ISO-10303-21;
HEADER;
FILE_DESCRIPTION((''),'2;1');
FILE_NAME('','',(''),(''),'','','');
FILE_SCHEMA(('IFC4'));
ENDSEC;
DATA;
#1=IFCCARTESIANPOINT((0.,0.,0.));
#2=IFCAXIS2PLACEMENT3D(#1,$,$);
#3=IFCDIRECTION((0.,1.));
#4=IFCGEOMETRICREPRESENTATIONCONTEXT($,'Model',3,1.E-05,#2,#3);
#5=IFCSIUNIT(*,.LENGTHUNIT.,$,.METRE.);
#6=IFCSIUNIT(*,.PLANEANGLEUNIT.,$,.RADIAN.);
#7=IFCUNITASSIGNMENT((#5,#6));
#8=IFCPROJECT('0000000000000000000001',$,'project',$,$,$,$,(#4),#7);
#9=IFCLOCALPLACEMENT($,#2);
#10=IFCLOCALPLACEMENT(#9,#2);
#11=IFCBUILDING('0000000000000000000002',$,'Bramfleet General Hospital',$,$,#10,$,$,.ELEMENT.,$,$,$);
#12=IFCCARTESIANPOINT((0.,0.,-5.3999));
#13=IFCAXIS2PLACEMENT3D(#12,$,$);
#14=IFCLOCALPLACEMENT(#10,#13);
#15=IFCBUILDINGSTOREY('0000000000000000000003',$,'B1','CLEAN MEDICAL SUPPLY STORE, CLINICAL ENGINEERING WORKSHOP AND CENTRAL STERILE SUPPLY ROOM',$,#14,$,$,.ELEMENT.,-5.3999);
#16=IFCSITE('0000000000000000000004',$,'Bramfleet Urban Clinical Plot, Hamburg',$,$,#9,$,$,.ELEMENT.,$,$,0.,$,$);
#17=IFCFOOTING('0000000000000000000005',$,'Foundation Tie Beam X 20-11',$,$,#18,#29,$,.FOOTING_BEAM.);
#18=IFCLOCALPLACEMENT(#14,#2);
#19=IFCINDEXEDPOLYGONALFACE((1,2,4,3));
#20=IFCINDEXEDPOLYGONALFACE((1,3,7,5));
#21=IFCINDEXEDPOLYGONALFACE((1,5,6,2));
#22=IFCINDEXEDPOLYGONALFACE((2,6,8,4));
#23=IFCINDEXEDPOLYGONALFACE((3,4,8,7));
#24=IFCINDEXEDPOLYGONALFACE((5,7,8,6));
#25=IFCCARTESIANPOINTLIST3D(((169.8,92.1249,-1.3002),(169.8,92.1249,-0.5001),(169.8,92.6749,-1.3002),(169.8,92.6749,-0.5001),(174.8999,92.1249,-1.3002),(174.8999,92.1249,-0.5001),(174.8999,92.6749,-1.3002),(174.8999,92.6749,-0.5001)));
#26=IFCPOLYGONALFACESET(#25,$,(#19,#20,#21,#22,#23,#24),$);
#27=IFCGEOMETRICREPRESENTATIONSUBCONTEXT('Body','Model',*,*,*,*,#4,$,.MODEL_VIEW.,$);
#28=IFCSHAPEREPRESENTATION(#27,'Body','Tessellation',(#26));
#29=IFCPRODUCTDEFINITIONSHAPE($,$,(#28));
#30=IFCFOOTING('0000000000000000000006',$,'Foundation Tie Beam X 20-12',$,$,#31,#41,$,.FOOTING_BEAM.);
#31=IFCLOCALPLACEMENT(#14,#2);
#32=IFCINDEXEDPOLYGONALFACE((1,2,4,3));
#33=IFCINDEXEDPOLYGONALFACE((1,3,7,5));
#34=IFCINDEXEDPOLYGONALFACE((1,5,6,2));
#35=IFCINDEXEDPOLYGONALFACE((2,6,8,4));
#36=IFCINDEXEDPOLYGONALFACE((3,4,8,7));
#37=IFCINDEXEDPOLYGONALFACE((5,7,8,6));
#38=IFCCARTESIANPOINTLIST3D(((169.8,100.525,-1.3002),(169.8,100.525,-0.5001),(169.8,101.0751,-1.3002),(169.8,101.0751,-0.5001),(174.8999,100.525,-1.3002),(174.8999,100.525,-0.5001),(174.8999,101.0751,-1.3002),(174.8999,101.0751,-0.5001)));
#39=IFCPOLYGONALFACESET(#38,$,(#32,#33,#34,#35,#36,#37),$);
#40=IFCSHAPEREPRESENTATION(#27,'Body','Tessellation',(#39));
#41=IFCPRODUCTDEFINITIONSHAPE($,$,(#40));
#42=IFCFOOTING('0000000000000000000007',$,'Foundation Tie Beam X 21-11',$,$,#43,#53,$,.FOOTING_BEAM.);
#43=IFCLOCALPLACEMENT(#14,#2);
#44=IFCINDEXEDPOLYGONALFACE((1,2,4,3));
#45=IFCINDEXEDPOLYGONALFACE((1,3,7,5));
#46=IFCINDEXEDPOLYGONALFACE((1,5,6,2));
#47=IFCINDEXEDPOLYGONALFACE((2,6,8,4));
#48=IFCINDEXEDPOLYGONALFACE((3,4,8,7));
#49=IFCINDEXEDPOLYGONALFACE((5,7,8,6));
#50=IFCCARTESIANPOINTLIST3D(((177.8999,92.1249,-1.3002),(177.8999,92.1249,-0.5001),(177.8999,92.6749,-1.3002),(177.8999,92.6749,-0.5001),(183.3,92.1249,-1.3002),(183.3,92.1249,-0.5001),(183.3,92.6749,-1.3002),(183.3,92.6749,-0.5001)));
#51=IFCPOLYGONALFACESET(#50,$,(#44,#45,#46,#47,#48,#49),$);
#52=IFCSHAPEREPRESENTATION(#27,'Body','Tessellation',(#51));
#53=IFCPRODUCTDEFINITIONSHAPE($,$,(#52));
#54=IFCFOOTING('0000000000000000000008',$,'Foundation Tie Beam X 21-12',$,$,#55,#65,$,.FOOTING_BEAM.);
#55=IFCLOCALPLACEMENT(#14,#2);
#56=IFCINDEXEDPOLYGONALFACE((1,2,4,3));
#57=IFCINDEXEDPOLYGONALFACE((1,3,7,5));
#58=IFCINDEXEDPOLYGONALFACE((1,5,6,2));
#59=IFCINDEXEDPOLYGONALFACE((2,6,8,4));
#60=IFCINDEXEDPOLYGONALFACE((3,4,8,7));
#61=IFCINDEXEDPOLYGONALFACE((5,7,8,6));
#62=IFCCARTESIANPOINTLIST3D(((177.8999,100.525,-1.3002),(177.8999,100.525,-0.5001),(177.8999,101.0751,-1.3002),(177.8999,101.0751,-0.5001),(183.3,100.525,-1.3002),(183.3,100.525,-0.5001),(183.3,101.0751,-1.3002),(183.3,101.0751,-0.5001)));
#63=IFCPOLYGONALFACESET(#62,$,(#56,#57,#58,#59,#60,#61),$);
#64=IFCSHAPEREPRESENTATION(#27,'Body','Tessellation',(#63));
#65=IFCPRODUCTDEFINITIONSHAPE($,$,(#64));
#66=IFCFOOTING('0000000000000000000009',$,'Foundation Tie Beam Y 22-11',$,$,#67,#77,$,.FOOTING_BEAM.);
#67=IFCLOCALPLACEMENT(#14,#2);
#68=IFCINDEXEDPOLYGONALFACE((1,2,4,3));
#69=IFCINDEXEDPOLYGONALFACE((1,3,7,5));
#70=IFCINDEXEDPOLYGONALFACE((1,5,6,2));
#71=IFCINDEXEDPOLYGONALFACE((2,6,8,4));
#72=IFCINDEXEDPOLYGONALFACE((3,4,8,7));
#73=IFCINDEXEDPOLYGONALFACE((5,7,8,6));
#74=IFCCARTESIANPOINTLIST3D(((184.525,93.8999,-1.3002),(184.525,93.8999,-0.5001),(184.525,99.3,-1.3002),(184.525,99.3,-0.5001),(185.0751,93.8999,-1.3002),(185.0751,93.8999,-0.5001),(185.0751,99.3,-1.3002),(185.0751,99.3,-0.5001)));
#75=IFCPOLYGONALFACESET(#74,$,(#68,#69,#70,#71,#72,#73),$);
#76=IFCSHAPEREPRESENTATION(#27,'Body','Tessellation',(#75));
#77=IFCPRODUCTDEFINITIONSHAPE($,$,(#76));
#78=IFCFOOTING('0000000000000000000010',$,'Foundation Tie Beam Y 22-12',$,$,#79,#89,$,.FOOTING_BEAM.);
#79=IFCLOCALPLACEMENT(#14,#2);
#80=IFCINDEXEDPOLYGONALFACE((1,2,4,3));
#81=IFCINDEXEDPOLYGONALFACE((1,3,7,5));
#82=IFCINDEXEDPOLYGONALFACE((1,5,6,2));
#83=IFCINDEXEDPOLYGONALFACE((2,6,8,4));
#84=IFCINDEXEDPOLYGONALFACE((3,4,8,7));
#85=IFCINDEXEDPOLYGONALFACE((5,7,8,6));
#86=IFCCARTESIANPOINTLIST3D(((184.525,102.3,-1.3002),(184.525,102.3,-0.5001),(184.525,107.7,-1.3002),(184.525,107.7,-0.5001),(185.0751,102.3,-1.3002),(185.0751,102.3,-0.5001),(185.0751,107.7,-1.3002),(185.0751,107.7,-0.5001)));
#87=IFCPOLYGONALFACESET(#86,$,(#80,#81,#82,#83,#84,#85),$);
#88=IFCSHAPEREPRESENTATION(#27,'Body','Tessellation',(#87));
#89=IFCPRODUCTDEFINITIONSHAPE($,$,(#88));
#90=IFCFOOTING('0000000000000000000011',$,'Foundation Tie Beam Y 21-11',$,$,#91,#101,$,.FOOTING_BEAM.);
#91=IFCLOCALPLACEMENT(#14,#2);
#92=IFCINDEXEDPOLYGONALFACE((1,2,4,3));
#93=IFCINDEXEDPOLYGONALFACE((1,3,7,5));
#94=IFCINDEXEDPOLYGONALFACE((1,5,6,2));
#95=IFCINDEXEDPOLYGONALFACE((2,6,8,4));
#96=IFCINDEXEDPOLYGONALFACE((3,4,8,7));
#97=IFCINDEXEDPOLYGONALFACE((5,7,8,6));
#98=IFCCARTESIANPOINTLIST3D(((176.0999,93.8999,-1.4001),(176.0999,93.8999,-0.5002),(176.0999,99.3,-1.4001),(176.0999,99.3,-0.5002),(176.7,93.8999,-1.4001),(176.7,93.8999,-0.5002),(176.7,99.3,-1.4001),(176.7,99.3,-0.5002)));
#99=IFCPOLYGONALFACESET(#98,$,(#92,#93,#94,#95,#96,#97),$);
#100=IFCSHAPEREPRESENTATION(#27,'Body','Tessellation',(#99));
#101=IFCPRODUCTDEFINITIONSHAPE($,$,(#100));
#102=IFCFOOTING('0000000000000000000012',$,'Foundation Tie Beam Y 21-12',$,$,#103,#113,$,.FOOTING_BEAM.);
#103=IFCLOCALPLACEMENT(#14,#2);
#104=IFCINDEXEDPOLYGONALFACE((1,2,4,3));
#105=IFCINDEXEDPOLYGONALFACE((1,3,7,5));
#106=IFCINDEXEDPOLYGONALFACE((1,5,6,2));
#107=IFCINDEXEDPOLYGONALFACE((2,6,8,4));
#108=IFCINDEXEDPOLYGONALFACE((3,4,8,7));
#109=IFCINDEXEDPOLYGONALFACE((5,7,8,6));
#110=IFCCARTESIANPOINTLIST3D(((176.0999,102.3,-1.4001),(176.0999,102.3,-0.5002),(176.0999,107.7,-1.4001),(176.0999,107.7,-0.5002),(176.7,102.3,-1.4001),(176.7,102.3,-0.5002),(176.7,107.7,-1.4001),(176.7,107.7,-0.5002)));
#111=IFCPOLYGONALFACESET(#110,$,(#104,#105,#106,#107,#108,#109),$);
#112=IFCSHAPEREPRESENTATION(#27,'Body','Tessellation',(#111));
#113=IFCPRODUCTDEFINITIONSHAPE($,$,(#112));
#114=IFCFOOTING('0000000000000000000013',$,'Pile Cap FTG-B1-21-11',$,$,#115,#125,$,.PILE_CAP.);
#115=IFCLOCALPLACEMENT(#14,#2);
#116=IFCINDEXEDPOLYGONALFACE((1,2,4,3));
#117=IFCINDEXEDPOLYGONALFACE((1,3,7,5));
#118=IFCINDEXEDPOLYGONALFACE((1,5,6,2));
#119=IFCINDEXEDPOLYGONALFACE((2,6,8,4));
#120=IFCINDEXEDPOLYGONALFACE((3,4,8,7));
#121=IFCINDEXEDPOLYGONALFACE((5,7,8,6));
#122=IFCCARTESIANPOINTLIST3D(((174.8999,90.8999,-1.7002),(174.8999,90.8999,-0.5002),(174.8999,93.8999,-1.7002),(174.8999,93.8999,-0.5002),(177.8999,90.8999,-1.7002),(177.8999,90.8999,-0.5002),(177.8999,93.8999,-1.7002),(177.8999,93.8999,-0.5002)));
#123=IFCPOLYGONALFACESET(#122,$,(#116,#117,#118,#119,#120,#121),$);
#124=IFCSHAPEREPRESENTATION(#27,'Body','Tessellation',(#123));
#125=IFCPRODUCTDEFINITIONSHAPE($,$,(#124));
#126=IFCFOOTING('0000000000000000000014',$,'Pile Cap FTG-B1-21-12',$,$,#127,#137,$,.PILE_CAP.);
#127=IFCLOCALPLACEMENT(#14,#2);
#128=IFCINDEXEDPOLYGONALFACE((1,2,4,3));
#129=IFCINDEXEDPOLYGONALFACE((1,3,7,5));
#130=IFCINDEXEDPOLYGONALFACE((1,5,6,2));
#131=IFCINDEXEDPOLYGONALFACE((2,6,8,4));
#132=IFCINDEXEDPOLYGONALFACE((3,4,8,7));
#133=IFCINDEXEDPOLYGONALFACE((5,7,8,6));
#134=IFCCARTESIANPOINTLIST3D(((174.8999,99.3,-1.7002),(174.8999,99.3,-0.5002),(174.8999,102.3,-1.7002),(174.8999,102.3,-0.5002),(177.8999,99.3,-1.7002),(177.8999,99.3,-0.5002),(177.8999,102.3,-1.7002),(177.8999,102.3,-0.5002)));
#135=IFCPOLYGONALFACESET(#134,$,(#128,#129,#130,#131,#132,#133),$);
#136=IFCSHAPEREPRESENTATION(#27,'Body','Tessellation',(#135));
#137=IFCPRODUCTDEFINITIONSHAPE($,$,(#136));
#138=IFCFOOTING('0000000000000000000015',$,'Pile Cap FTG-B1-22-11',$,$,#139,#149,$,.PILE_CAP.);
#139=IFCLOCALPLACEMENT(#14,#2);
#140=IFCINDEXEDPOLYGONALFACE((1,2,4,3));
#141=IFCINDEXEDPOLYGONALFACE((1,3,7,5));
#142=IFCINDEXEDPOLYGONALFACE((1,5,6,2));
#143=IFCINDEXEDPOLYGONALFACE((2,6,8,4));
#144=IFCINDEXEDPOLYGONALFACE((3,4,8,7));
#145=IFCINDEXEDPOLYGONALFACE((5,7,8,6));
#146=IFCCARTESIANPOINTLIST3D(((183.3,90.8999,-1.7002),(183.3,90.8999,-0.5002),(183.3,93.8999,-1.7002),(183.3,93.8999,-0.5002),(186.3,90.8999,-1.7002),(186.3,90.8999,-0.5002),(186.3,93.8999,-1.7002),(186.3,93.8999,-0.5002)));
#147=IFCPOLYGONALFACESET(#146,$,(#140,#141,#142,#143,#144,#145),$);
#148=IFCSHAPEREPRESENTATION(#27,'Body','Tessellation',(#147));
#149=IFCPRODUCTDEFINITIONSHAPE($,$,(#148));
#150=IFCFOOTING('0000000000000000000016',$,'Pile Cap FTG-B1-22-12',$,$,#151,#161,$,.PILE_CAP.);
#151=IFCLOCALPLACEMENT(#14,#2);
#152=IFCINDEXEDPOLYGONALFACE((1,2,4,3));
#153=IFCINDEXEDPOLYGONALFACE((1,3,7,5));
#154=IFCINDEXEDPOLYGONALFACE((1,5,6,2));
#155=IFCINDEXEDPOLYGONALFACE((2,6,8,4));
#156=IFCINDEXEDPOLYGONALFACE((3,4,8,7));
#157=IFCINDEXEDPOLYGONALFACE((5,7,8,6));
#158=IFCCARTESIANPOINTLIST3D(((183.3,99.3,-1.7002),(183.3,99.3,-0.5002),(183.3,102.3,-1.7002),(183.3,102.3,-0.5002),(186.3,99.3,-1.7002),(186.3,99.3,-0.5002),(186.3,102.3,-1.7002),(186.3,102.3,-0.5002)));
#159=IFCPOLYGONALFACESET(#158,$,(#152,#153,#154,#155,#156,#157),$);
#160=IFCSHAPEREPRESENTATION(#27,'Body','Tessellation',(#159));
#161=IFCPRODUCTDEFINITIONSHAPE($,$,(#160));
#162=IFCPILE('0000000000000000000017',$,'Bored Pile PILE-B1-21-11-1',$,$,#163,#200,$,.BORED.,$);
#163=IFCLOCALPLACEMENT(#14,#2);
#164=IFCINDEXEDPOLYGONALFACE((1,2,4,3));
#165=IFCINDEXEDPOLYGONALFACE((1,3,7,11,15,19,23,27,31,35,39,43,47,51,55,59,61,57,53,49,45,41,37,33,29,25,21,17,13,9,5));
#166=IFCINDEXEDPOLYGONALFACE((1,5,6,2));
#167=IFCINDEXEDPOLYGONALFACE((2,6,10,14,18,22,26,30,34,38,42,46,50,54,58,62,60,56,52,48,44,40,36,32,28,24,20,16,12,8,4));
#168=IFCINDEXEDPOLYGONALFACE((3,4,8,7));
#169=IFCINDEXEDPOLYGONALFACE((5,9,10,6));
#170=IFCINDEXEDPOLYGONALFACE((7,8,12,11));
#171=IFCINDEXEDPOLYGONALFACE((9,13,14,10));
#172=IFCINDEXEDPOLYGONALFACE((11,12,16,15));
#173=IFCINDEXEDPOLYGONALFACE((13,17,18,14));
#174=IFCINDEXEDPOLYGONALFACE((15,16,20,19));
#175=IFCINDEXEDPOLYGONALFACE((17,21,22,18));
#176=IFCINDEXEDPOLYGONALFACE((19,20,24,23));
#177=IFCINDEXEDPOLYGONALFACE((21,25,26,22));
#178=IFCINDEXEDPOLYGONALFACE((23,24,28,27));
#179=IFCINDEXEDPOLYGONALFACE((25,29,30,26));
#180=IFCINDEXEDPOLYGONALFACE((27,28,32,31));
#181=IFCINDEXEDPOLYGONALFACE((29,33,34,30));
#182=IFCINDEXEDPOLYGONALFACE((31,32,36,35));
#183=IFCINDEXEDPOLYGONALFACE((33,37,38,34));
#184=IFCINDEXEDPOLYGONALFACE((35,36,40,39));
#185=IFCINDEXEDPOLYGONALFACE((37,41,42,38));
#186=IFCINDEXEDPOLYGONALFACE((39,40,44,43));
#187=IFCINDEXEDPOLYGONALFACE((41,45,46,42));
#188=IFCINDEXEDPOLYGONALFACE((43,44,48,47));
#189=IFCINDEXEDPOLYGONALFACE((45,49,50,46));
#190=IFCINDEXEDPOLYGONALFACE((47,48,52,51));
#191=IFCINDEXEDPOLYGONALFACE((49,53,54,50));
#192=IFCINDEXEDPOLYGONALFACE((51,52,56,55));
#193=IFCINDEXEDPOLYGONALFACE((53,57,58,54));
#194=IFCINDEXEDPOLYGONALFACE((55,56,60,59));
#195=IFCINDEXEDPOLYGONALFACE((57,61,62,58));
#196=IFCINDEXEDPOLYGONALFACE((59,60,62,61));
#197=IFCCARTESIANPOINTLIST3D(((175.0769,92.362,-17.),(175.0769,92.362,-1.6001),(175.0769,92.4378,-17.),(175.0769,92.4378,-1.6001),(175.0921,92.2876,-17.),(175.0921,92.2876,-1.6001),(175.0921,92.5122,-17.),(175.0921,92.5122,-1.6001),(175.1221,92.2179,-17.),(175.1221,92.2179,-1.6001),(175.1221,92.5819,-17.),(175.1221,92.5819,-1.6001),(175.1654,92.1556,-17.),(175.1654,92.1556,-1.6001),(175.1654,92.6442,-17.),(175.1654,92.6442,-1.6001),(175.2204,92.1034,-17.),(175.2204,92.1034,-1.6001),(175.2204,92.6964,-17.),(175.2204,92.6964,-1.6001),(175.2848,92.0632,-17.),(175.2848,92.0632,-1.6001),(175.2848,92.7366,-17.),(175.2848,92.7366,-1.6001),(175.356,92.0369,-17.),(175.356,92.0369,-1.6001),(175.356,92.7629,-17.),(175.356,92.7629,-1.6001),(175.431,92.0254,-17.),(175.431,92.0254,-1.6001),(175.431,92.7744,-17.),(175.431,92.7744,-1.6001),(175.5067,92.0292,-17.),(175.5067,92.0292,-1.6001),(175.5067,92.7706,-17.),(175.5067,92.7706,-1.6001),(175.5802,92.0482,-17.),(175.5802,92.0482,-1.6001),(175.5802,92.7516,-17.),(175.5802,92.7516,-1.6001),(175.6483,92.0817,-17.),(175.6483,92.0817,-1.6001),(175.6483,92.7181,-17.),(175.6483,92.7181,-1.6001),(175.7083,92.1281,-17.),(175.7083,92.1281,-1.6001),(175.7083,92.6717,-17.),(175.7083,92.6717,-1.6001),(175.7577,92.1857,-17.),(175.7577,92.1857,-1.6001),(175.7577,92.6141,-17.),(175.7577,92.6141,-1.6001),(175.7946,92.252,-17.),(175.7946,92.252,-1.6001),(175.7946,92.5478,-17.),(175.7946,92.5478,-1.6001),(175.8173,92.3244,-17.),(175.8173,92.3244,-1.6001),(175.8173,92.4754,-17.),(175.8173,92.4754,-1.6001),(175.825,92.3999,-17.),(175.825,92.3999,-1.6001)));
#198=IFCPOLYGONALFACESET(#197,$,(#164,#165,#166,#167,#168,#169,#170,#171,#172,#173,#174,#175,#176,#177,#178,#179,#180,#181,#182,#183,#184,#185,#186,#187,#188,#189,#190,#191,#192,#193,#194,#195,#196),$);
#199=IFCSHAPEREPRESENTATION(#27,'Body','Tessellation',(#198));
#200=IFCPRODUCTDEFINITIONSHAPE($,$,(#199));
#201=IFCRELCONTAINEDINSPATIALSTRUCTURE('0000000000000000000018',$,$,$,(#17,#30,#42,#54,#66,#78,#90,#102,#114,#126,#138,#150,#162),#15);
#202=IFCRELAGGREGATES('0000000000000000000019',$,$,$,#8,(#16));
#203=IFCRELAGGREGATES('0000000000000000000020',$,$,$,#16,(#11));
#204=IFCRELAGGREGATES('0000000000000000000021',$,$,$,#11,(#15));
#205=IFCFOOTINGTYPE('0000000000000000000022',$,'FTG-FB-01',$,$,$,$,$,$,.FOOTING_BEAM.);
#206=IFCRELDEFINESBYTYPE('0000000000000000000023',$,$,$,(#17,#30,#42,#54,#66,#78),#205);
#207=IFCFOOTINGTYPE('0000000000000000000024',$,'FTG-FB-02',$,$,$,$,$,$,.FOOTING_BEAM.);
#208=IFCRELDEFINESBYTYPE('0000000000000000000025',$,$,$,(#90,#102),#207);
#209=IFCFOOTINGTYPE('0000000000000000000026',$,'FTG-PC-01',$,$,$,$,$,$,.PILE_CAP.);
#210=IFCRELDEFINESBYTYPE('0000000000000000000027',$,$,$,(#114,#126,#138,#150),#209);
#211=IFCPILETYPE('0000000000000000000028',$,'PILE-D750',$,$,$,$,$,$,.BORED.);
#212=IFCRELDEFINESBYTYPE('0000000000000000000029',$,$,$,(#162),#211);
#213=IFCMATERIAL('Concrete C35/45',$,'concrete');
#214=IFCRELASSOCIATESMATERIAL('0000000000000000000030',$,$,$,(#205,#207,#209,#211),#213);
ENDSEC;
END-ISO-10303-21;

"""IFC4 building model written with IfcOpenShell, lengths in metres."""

from ifc_helpers import new_model, si_unit, direction, frame, origin, origin_2d, place, context, subcontext, project, spatial, rectangle, circle, extrude, material, material_profile, profile_set, type_object, element, save


model = new_model("IFC4")

# Units and contexts
model_context = context("Model", 3, precision=1e-05, world=origin(), true_north=direction((0.0, 1.0)))
body_context = subcontext(model_context, "Body", "Model", "MODEL_VIEW")
ifc_project = project(units=[si_unit("LENGTHUNIT", "METRE"), si_unit("PLANEANGLEUNIT", "RADIAN")], contexts=[model_context])

# Site, building, storey
site_placement = place(None, origin())
site = spatial("IfcSite", under=ifc_project, at=site_placement, Name="Bramfleet Urban Clinical Plot, Hamburg", CompositionType="ELEMENT", RefElevation=0.0)
building_placement = place(site_placement, origin())
building = spatial("IfcBuilding", under=site, at=building_placement, Name="Bramfleet General Hospital", CompositionType="ELEMENT")
storey_placement = place(building_placement, frame((0.0, 0.0, -5.3999)))
storey = spatial("IfcBuildingStorey", under=building, at=storey_placement, Name="B1", Description="CLEAN MEDICAL SUPPLY STORE, CLINICAL ENGINEERING WORKSHOP AND CENTRAL STERILE SUPPLY ROOM", CompositionType="ELEMENT", Elevation=-5.3999)

# Footings
ifc_material_1 = material(Name="Concrete C35/45", Category="concrete")
ifc_material_profile_1 = material_profile(ifc_material_1, rectangle(XDim=0.55, YDim=0.8, at=origin_2d()), Name="RC FB 800x550")
ifc_profile_set_1 = profile_set([ifc_material_profile_1], Name="Concrete C35/45")
footing_type_1 = type_object("IfcFootingType", Name="FTG-FB-01", PredefinedType="FOOTING_BEAM", material=ifc_profile_set_1)
for number, where, z_axis, x_axis, name in (
    (1, (169.8, 92.3999, -0.9001), (1.0, 0.0, 0.0), (0.0, 1.0, 0.0), "Foundation Tie Beam X 20-11"),
    (2, (169.8, 100.8, -0.9001), (1.0, 0.0, 0.0), (0.0, 1.0, 0.0), "Foundation Tie Beam X 20-12"),
):
    element("IfcFooting", number, at=place(storey_placement, frame(where, z_axis=z_axis, x_axis=x_axis)), inside=storey, type_object=footing_type_1, Name=name, PredefinedType="FOOTING_BEAM", context=body_context, shape_type="SweptSolid", body=[
        extrude(rectangle(XDim=0.55, YDim=0.8, at=origin_2d()), origin(), (0.0, 0.0, 1.0), 5.0999),
    ])
for number, where, z_axis, x_axis, name in (
    (3, (177.8999, 92.3999, -0.9001), (1.0, 0.0, 0.0), (0.0, 1.0, 0.0), "Foundation Tie Beam X 21-11"),
    (4, (177.8999, 100.8, -0.9001), (1.0, 0.0, 0.0), (0.0, 1.0, 0.0), "Foundation Tie Beam X 21-12"),
    (5, (184.8, 93.8999, -0.9001), (0.0, 1.0, 0.0), (-1.0, 0.0, 0.0), "Foundation Tie Beam Y 22-11"),
):
    element("IfcFooting", number, at=place(storey_placement, frame(where, z_axis=z_axis, x_axis=x_axis)), inside=storey, type_object=footing_type_1, Name=name, PredefinedType="FOOTING_BEAM", context=body_context, shape_type="SweptSolid", body=[
        extrude(rectangle(XDim=0.55, YDim=0.8, at=origin_2d()), origin(), (0.0, 0.0, 1.0), 5.4001),
    ])
footing_1_placement = place(storey_placement, frame((184.8, 102.3, -0.9001), z_axis=(0.0, 1.0, 0.0), x_axis=(-1.0, 0.0, 0.0)))
element("IfcFooting", 6, at=footing_1_placement, inside=storey, type_object=footing_type_1, Name="Foundation Tie Beam Y 22-12", PredefinedType="FOOTING_BEAM", context=body_context, shape_type="SweptSolid", body=[
    extrude(rectangle(XDim=0.55, YDim=0.8, at=origin_2d()), origin(), (0.0, 0.0, 1.0), 5.3999),
])
ifc_material_profile_2 = material_profile(ifc_material_1, rectangle(XDim=0.6001, YDim=0.8999, at=origin_2d()), Name="RC FB 900x600")
ifc_profile_set_2 = profile_set([ifc_material_profile_2], Name="Concrete C35/45")
footing_type_2 = type_object("IfcFootingType", Name="FTG-FB-02", PredefinedType="FOOTING_BEAM", material=ifc_profile_set_2)
footing_2_placement = place(storey_placement, frame((176.3999, 93.8999, -0.9502), z_axis=(0.0, 1.0, 0.0), x_axis=(-1.0, 0.0, 0.0)))
element("IfcFooting", 7, at=footing_2_placement, inside=storey, type_object=footing_type_2, Name="Foundation Tie Beam Y 21-11", PredefinedType="FOOTING_BEAM", context=body_context, shape_type="SweptSolid", body=[
    extrude(rectangle(XDim=0.6001, YDim=0.8999, at=origin_2d()), origin(), (0.0, 0.0, 1.0), 5.4001),
])
footing_3_placement = place(storey_placement, frame((176.3999, 102.3, -0.9502), z_axis=(0.0, 1.0, 0.0), x_axis=(-1.0, 0.0, 0.0)))
element("IfcFooting", 8, at=footing_3_placement, inside=storey, type_object=footing_type_2, Name="Foundation Tie Beam Y 21-12", PredefinedType="FOOTING_BEAM", context=body_context, shape_type="SweptSolid", body=[
    extrude(rectangle(XDim=0.6001, YDim=0.8999, at=origin_2d()), origin(), (0.0, 0.0, 1.0), 5.3999),
])
footing_type_3 = type_object("IfcFootingType", Name="FTG-PC-01", PredefinedType="PILE_CAP", material=ifc_material_1)
for number, where, z_axis, x_axis, name in (
    (9, (176.3999, 92.3999, -1.7002), (0.0, 0.0, 1.0), (1.0, 0.0, 0.0), "Pile Cap FTG-B1-21-11"),
    (10, (176.3999, 100.8, -1.7002), (0.0, 0.0, 1.0), (1.0, 0.0, 0.0), "Pile Cap FTG-B1-21-12"),
    (11, (184.8, 92.3999, -1.7002), (0.0, 0.0, 1.0), (1.0, 0.0, 0.0), "Pile Cap FTG-B1-22-11"),
    (12, (184.8, 100.8, -1.7002), (0.0, 0.0, 1.0), (1.0, 0.0, 0.0), "Pile Cap FTG-B1-22-12"),
):
    element("IfcFooting", number, at=place(storey_placement, frame(where, z_axis=z_axis, x_axis=x_axis)), inside=storey, type_object=footing_type_3, Name=name, PredefinedType="PILE_CAP", context=body_context, shape_type="SweptSolid", body=[
        extrude(rectangle(XDim=3.0, YDim=3.0, at=origin_2d()), origin(), (0.0, 0.0, 1.0), 1.2),
    ])

# Pile
ifc_material_profile_3 = material_profile(ifc_material_1, circle(Radius=0.375, at=origin_2d()), Name="PILE BORED D750")
ifc_profile_set_3 = profile_set([ifc_material_profile_3], Name="Concrete C35/45")
pile_type = type_object("IfcPileType", Name="PILE-D750", PredefinedType="BORED", material=ifc_profile_set_3)
for number, where, z_axis, x_axis, name in (
    (13, (175.45, 92.3999, -1.6001), (0.0, 0.0, -1.0), (1.0, 0.0, 0.0), "Bored Pile PILE-B1-21-11-1"),
):
    element("IfcPile", number, at=place(storey_placement, frame(where, z_axis=z_axis, x_axis=x_axis)), inside=storey, type_object=pile_type, Name=name, PredefinedType="BORED", context=body_context, shape_type="SweptSolid", body=[
        extrude(circle(Radius=0.375, at=origin_2d()), origin(), (0.0, 0.0, 1.0), 15.3999),
    ])

save(model, "model.ifc")
